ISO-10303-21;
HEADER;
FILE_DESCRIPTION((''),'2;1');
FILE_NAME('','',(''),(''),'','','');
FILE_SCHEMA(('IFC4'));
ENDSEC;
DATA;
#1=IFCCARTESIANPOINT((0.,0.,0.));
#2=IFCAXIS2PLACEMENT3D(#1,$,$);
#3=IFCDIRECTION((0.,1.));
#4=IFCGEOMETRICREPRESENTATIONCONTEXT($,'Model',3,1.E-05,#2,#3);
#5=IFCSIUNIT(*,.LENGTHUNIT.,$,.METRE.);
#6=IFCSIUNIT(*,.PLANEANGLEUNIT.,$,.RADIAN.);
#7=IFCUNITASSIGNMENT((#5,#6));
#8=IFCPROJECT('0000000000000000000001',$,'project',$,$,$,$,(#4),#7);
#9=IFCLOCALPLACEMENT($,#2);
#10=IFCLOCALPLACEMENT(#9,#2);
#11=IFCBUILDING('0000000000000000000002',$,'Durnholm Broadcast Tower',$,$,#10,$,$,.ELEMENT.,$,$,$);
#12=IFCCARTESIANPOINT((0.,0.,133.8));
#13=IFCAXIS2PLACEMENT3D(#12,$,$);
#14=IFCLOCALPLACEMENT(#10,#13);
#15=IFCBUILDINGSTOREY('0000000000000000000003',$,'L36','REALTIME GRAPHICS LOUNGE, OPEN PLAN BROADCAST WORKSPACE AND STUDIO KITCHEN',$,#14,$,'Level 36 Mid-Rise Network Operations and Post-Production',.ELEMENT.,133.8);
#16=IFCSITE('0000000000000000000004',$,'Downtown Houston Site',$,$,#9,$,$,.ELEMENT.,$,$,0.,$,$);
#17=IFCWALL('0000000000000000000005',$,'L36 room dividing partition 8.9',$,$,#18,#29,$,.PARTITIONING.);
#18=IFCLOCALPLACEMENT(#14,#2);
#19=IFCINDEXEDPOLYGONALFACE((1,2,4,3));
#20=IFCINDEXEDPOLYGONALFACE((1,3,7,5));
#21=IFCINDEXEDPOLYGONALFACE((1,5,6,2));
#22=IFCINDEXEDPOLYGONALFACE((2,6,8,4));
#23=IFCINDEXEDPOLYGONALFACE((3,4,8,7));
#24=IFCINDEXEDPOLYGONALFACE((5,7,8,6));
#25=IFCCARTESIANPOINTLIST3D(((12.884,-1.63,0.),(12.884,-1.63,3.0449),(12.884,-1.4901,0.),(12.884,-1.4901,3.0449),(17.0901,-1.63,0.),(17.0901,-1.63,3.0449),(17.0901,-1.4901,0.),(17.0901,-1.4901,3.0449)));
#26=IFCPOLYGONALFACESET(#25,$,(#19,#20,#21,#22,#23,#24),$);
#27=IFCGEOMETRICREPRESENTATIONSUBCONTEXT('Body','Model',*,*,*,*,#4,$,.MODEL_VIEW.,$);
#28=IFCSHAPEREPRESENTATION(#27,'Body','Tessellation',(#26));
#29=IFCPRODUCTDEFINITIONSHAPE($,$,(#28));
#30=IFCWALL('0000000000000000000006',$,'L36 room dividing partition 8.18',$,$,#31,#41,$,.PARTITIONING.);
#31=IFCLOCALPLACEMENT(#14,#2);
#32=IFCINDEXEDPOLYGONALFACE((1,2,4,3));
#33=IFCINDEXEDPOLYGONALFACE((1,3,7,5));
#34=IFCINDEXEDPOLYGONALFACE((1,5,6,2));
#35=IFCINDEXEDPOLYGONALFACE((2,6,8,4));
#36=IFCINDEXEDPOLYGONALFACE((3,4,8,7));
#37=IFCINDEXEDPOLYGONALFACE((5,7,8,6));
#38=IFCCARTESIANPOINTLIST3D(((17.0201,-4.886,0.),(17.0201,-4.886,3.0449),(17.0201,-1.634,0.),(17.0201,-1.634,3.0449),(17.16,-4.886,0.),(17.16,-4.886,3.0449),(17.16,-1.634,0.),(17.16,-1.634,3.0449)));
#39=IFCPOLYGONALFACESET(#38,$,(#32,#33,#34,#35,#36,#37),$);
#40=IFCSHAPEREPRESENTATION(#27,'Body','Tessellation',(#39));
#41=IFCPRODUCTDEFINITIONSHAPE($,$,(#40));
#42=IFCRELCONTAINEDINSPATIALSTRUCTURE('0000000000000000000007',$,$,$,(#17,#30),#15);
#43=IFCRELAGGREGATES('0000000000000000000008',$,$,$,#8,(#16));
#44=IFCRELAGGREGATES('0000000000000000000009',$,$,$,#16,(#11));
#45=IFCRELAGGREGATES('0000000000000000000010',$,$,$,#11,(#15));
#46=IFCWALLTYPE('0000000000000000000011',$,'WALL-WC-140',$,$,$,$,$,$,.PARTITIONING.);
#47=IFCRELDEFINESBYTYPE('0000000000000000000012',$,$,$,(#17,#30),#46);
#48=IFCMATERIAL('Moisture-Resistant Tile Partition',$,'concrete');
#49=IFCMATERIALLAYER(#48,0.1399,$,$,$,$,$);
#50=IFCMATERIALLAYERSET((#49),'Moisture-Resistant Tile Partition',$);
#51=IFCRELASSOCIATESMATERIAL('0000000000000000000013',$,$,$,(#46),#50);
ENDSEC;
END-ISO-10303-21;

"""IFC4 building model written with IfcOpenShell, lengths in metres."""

from ifc_helpers import new_model, si_unit, direction, frame, frame_2d, origin, place, context, subcontext, project, spatial, rectangle, extrude, material, layer, layer_set, type_object, element, save


model = new_model("IFC4")

# Units and contexts
model_context = context("Model", 3, precision=1e-05, world=origin(), true_north=direction((0.0, 1.0)))
body_context = subcontext(model_context, "Body", "Model", "MODEL_VIEW")
ifc_project = project(units=[si_unit("LENGTHUNIT", "METRE"), si_unit("PLANEANGLEUNIT", "RADIAN")], contexts=[model_context])

# Site, building, storey
site_placement = place(None, origin())
site = spatial("IfcSite", under=ifc_project, at=site_placement, Name="Downtown Houston Site", CompositionType="ELEMENT", RefElevation=0.0)
building_placement = place(site_placement, origin())
building = spatial("IfcBuilding", under=site, at=building_placement, Name="Durnholm Broadcast Tower", CompositionType="ELEMENT")
storey_placement = place(building_placement, frame((0.0, 0.0, 133.8)))
storey = spatial("IfcBuildingStorey", under=building, at=storey_placement, Name="L36", Description="REALTIME GRAPHICS LOUNGE, OPEN PLAN BROADCAST WORKSPACE AND STUDIO KITCHEN", LongName="Level 36 Mid-Rise Network Operations and Post-Production", CompositionType="ELEMENT", Elevation=133.8)

# Shared definitions
ifc_material_1 = material(Name="Moisture-Resistant Tile Partition", Category="concrete")
ifc_layer_1 = layer(ifc_material_1, 0.1399)
ifc_layer_set_1 = layer_set([ifc_layer_1], Name="Moisture-Resistant Tile Partition")
wall_type = type_object("IfcWallType", Name="WALL-WC-140", PredefinedType="PARTITIONING", material=ifc_layer_set_1)

# Walls
wall_1_placement = place(storey_placement, frame((12.884, -1.5601, 0.0), z_axis=(0.0, 0.0, 1.0), x_axis=(1.0, 0.0, 0.0)))
element("IfcWall", 1, at=wall_1_placement, inside=storey, type_object=wall_type, Name="L36 room dividing partition 8.9", PredefinedType="PARTITIONING", context=body_context, shape_type="SweptSolid", body=[
    extrude(rectangle(XDim=4.2061, YDim=0.1399, at=frame_2d((2.103, 0.0))), origin(), (0.0, 0.0, 1.0), 3.0449),
])
wall_2_placement = place(storey_placement, frame((17.0901, -1.634, 0.0), z_axis=(0.0, 0.0, 1.0), x_axis=(0.0, -1.0, 0.0)))
element("IfcWall", 2, at=wall_2_placement, inside=storey, type_object=wall_type, Name="L36 room dividing partition 8.18", PredefinedType="PARTITIONING", context=body_context, shape_type="SweptSolid", body=[
    extrude(rectangle(XDim=3.252, YDim=0.1399, at=frame_2d((1.626, 0.0))), origin(), (0.0, 0.0, 1.0), 3.0449),
])

save(model, "model.ifc")
